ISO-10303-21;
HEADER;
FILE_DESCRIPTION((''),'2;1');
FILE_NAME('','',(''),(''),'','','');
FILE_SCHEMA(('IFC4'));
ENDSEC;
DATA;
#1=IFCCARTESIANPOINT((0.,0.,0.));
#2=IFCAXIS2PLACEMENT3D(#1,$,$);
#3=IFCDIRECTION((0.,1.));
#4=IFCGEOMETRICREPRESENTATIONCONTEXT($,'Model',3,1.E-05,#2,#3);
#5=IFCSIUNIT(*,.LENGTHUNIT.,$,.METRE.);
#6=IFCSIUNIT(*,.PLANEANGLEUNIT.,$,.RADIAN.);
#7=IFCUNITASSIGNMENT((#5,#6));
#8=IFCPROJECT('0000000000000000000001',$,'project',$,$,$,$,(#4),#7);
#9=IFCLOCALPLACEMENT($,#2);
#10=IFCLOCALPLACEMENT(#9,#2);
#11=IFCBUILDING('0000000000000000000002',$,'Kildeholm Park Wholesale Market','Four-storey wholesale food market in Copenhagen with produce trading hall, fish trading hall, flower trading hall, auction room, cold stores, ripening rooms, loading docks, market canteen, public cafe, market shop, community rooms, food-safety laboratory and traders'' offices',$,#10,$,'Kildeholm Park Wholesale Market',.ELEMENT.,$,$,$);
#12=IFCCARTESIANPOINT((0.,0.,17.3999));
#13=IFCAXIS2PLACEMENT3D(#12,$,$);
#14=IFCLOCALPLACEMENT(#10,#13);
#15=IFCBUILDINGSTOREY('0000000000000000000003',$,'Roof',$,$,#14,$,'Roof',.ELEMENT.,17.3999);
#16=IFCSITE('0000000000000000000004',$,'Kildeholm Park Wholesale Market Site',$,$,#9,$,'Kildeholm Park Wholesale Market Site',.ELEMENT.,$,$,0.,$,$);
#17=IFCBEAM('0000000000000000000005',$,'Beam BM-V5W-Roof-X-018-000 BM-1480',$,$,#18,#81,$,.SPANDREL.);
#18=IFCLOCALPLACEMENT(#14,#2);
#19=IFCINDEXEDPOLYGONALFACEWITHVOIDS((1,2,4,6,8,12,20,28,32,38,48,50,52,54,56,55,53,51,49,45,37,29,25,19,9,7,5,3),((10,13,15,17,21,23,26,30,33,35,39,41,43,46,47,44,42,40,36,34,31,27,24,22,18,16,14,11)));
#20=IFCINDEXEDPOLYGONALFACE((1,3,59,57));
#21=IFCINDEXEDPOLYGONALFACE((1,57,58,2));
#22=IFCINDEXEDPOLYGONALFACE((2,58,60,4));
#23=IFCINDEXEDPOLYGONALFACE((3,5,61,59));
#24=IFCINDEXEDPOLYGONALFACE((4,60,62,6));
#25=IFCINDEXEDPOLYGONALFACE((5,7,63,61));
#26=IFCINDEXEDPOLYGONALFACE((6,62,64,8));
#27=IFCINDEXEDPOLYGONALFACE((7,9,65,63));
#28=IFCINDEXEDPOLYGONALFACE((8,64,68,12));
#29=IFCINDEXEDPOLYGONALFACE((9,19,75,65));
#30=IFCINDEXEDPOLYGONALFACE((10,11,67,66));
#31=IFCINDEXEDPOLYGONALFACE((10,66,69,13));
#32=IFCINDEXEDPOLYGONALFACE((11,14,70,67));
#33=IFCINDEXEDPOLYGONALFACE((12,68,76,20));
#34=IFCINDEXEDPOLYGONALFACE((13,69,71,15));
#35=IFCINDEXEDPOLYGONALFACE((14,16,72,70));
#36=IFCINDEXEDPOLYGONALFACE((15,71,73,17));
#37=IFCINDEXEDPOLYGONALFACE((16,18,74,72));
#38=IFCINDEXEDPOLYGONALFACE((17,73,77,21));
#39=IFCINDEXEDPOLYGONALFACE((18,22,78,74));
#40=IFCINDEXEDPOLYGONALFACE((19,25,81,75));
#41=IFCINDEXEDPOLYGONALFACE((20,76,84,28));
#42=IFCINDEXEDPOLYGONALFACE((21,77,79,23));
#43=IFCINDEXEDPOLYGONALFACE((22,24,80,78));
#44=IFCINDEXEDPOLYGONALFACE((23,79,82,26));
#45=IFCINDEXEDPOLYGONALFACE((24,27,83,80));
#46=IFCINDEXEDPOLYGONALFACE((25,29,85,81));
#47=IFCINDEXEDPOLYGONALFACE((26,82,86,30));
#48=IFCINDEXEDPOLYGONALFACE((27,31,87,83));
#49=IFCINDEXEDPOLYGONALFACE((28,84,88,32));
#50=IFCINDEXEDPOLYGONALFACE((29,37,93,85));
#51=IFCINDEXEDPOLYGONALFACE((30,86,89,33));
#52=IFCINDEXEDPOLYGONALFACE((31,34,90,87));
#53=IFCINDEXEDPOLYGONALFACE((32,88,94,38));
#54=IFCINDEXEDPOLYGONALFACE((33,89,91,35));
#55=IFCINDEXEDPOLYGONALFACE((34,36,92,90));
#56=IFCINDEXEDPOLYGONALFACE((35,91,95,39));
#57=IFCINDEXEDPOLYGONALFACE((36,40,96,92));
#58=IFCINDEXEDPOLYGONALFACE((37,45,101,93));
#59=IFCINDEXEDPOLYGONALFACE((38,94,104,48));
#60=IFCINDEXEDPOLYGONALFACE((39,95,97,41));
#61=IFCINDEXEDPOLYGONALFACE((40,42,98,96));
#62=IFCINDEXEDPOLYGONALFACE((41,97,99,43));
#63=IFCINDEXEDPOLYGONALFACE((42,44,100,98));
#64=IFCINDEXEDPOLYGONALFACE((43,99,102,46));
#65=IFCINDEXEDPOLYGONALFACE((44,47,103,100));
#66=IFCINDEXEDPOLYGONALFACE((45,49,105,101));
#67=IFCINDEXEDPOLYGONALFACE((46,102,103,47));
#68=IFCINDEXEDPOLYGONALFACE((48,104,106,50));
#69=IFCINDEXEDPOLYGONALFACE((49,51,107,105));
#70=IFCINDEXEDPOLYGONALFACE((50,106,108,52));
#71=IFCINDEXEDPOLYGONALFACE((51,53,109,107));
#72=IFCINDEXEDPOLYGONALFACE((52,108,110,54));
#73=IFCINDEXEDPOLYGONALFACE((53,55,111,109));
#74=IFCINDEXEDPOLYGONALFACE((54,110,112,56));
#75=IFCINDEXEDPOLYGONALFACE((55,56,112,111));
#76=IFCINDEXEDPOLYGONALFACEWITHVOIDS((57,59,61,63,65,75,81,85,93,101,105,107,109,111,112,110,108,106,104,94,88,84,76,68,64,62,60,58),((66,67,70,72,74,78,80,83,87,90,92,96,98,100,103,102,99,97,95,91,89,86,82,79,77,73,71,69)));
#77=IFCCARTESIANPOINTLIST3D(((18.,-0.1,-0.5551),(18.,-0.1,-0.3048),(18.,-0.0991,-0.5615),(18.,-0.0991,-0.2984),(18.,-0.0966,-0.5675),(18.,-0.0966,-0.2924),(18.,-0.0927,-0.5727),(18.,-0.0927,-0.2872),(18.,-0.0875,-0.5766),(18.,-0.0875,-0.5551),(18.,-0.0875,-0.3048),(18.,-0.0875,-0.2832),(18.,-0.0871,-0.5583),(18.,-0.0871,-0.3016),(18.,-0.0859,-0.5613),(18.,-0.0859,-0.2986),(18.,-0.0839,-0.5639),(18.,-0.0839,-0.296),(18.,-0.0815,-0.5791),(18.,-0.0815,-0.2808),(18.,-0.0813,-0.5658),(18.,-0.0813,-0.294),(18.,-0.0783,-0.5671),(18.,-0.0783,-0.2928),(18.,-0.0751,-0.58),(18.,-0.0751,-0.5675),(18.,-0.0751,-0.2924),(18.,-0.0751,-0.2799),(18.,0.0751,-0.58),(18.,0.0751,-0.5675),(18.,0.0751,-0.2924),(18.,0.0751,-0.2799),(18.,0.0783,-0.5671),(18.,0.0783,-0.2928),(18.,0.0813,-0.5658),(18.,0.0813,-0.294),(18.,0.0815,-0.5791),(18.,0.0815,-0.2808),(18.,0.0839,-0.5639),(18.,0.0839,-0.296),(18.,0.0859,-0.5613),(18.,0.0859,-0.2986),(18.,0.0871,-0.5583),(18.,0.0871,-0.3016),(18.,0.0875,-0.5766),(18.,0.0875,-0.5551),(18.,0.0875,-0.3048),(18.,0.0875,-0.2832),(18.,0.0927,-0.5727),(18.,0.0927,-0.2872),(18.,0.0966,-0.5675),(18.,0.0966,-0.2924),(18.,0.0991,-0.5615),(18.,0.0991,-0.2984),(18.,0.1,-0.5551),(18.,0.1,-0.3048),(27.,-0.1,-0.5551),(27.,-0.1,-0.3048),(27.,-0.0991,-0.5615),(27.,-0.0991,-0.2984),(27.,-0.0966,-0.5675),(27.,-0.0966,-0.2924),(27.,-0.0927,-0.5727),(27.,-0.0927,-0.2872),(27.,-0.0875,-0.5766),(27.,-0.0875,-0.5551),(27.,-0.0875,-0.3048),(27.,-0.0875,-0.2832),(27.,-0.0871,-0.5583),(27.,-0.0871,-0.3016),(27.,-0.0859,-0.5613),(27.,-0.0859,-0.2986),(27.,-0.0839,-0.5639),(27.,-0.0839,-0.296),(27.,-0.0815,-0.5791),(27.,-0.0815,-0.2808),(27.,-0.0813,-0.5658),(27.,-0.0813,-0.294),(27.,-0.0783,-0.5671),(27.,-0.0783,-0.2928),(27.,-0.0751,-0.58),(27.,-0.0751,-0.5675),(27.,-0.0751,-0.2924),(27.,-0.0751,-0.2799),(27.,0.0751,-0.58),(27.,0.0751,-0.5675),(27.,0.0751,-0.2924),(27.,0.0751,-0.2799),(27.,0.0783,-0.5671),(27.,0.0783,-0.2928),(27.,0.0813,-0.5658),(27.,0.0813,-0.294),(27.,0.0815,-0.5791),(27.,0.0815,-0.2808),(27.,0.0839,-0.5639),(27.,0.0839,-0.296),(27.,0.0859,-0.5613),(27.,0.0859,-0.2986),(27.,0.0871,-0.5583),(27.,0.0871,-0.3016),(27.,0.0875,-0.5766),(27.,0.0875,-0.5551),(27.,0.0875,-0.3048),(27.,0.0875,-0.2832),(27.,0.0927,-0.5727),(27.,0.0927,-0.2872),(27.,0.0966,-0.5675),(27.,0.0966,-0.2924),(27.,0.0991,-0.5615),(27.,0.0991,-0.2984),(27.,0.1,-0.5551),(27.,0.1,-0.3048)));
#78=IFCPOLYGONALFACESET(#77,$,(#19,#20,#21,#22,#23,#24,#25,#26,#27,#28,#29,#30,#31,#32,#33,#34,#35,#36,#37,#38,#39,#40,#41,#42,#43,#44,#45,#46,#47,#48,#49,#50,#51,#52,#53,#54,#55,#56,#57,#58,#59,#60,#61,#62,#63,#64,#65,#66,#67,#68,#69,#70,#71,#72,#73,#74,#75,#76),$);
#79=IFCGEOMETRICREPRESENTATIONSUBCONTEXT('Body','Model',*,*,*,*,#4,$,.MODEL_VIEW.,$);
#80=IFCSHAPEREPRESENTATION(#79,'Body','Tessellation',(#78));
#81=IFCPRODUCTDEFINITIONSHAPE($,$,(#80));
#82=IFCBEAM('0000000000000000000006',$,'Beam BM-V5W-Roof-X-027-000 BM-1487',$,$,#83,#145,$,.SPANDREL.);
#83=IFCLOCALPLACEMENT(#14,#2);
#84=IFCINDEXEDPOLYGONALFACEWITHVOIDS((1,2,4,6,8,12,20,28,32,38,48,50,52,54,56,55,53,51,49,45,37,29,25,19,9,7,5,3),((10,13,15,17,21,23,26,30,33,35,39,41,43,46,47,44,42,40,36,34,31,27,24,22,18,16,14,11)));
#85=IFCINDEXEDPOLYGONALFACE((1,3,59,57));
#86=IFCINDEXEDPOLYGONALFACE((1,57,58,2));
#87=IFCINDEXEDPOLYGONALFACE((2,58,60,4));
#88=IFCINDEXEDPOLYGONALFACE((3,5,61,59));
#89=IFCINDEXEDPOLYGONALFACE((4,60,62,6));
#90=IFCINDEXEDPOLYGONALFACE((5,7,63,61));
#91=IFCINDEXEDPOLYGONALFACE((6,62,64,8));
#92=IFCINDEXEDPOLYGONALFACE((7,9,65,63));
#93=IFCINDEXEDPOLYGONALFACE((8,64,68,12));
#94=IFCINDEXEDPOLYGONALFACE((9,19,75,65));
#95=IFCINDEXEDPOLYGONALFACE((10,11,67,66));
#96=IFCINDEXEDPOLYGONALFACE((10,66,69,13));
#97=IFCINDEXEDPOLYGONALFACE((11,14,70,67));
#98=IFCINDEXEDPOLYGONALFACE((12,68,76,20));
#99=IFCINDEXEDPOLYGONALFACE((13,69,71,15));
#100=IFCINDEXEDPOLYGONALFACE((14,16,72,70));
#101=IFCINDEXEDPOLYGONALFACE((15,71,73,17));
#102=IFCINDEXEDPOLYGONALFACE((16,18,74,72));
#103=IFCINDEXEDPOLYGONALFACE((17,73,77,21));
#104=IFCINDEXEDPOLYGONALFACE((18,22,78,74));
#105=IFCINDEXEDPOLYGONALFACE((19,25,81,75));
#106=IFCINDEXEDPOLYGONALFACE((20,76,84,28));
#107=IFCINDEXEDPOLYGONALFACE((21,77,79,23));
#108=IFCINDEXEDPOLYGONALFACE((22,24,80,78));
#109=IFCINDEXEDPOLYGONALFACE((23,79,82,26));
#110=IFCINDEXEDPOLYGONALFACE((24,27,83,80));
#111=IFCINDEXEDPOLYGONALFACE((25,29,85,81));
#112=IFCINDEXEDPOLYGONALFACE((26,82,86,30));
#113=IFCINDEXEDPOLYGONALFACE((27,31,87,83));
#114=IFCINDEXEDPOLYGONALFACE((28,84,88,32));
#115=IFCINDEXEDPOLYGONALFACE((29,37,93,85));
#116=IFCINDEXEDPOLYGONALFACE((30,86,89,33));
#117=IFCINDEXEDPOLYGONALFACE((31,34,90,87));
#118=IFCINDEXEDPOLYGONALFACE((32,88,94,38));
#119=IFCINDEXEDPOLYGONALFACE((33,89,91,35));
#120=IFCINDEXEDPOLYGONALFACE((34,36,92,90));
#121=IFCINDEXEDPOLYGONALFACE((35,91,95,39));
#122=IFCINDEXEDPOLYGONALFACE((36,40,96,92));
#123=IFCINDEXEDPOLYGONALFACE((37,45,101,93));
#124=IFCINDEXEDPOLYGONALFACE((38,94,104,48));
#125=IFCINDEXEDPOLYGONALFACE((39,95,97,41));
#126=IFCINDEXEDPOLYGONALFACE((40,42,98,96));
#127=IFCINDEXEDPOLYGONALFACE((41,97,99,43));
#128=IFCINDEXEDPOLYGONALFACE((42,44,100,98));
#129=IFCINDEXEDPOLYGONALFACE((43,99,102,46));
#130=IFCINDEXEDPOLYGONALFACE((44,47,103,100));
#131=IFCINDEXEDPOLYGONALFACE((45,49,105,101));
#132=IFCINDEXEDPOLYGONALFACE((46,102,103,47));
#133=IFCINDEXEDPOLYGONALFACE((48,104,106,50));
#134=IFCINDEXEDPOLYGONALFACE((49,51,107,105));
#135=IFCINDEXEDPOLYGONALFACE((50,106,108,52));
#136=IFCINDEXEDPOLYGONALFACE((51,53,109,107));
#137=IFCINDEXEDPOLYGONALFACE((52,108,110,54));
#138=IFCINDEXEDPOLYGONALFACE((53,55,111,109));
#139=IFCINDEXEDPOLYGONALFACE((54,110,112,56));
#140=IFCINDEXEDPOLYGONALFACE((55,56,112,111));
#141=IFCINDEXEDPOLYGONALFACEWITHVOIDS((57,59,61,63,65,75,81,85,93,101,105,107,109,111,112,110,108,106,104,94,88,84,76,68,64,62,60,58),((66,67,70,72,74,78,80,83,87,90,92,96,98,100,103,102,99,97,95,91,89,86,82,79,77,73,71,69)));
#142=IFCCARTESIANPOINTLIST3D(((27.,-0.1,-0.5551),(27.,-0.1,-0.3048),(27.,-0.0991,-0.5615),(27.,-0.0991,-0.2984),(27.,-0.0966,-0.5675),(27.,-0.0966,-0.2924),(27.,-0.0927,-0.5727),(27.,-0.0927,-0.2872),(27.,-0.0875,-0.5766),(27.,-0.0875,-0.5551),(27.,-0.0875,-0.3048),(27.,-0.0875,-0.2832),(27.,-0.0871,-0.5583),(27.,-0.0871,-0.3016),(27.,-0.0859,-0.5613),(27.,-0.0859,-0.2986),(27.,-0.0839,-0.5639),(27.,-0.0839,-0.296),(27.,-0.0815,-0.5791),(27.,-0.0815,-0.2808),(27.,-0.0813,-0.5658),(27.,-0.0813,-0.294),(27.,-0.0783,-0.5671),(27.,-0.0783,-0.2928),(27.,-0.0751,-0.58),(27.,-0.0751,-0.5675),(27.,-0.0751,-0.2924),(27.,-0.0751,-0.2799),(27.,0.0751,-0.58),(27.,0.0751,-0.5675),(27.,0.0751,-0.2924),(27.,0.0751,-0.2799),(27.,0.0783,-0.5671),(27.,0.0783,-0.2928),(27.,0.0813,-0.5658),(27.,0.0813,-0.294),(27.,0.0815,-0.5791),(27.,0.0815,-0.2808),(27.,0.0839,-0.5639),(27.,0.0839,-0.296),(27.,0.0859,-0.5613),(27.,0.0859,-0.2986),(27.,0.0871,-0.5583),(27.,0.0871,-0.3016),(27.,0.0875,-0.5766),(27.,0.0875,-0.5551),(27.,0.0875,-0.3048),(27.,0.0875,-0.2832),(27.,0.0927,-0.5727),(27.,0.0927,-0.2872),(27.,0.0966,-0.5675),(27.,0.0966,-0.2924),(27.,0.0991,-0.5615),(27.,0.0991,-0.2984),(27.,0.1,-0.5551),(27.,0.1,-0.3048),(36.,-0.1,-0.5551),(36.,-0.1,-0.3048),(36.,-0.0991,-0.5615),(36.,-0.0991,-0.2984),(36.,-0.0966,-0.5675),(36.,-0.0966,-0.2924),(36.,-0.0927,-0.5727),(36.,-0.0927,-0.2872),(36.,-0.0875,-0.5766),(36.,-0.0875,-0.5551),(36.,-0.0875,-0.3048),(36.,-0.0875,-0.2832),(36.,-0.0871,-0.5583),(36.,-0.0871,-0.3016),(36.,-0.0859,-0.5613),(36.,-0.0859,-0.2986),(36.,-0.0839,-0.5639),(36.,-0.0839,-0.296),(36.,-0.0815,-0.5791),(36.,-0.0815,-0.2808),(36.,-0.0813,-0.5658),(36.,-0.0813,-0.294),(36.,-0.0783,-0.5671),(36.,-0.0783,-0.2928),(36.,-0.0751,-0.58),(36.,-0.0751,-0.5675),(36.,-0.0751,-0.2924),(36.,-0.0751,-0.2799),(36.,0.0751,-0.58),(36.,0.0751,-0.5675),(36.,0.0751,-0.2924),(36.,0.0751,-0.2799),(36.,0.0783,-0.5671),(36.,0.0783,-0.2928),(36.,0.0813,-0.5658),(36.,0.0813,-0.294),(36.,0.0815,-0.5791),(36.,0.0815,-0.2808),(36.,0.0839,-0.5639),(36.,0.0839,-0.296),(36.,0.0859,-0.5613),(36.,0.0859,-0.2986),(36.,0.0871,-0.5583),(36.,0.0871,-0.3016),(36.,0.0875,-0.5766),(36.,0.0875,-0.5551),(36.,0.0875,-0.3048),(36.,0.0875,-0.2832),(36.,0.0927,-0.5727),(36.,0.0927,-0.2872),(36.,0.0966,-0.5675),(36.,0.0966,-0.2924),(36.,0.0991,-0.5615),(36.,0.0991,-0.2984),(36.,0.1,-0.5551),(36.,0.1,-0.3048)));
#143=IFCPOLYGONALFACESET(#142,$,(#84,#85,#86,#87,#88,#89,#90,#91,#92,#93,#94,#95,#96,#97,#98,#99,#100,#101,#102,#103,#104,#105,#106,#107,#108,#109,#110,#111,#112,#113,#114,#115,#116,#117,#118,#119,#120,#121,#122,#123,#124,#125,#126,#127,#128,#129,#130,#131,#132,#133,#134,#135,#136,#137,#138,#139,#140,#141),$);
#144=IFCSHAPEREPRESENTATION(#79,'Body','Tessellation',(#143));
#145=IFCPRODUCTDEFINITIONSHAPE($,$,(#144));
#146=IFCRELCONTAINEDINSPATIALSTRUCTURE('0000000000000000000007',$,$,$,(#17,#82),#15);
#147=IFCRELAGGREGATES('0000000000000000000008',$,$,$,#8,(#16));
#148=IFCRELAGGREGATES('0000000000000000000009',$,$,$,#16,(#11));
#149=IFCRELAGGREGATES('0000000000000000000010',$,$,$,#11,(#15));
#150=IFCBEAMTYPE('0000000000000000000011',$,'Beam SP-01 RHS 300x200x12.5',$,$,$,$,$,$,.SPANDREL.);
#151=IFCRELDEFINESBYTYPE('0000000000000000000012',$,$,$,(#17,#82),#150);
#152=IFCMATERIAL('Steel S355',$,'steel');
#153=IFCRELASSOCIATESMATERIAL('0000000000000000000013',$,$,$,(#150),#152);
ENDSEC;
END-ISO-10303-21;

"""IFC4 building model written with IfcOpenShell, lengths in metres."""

from ifc_helpers import new_model, si_unit, direction, frame, origin, origin_2d, place, context, subcontext, project, spatial, hollow_rectangle, extrude, material, material_profile, profile_set, type_object, element, save


model = new_model("IFC4")

# Units and contexts
model_context = context("Model", 3, precision=1e-05, world=origin(), true_north=direction((0.0, 1.0)))
body_context = subcontext(model_context, "Body", "Model", "MODEL_VIEW")
ifc_project = project(units=[si_unit("LENGTHUNIT", "METRE"), si_unit("PLANEANGLEUNIT", "RADIAN")], contexts=[model_context])

# Site, building, storey
site_placement = place(None, origin())
site = spatial("IfcSite", under=ifc_project, at=site_placement, Name="Kildeholm Park Wholesale Market Site", LongName="Kildeholm Park Wholesale Market Site", CompositionType="ELEMENT", RefElevation=0.0)
building_placement = place(site_placement, origin())
building = spatial("IfcBuilding", under=site, at=building_placement, Name="Kildeholm Park Wholesale Market", Description="Four-storey wholesale food market in Copenhagen with produce trading hall, fish trading hall, flower trading hall, auction room, cold stores, ripening rooms, loading docks, market canteen, public cafe, market shop, community rooms, food-safety laboratory and traders' offices", LongName="Kildeholm Park Wholesale Market", CompositionType="ELEMENT")
storey_placement = place(building_placement, frame((0.0, 0.0, 17.3999)))
storey = spatial("IfcBuildingStorey", under=building, at=storey_placement, Name="Roof", LongName="Roof", CompositionType="ELEMENT", Elevation=17.3999)

# Beams
ifc_material_1 = material(Name="Steel S355", Category="steel")
ifc_material_profile_1 = material_profile(ifc_material_1, hollow_rectangle(XDim=0.2, YDim=0.3, WallThickness=0.0125, InnerFilletRadius=0.0125, OuterFilletRadius=0.0249, at=origin_2d()), Name="RHS 300x200x12.5")
ifc_profile_set_1 = profile_set([ifc_material_profile_1], Name="Steel S355")
beam_type_1 = type_object("IfcBeamType", Name="Beam SP-01 RHS 300x200x12.5", PredefinedType="SPANDREL", material=ifc_profile_set_1)
for number, where, z_axis, x_axis, name in (
    (1, (18.0, 0.0, -0.4299), (1.0, 0.0, 0.0), (0.0, 1.0, 0.0), "Beam BM-V5W-Roof-X-018-000 BM-1480"),
    (2, (27.0, 0.0, -0.4299), (1.0, 0.0, 0.0), (0.0, 1.0, 0.0), "Beam BM-V5W-Roof-X-027-000 BM-1487"),
):
    element("IfcBeam", number, at=place(storey_placement, frame(where, z_axis=z_axis, x_axis=x_axis)), inside=storey, type_object=beam_type_1, Name=name, PredefinedType="SPANDREL", context=body_context, shape_type="SweptSolid", body=[
        extrude(hollow_rectangle(XDim=0.2, YDim=0.3, WallThickness=0.0125, InnerFilletRadius=0.0125, OuterFilletRadius=0.0249, at=origin_2d()), origin(), (0.0, 0.0, 1.0), 9.0),
    ])

save(model, "model.ifc")
